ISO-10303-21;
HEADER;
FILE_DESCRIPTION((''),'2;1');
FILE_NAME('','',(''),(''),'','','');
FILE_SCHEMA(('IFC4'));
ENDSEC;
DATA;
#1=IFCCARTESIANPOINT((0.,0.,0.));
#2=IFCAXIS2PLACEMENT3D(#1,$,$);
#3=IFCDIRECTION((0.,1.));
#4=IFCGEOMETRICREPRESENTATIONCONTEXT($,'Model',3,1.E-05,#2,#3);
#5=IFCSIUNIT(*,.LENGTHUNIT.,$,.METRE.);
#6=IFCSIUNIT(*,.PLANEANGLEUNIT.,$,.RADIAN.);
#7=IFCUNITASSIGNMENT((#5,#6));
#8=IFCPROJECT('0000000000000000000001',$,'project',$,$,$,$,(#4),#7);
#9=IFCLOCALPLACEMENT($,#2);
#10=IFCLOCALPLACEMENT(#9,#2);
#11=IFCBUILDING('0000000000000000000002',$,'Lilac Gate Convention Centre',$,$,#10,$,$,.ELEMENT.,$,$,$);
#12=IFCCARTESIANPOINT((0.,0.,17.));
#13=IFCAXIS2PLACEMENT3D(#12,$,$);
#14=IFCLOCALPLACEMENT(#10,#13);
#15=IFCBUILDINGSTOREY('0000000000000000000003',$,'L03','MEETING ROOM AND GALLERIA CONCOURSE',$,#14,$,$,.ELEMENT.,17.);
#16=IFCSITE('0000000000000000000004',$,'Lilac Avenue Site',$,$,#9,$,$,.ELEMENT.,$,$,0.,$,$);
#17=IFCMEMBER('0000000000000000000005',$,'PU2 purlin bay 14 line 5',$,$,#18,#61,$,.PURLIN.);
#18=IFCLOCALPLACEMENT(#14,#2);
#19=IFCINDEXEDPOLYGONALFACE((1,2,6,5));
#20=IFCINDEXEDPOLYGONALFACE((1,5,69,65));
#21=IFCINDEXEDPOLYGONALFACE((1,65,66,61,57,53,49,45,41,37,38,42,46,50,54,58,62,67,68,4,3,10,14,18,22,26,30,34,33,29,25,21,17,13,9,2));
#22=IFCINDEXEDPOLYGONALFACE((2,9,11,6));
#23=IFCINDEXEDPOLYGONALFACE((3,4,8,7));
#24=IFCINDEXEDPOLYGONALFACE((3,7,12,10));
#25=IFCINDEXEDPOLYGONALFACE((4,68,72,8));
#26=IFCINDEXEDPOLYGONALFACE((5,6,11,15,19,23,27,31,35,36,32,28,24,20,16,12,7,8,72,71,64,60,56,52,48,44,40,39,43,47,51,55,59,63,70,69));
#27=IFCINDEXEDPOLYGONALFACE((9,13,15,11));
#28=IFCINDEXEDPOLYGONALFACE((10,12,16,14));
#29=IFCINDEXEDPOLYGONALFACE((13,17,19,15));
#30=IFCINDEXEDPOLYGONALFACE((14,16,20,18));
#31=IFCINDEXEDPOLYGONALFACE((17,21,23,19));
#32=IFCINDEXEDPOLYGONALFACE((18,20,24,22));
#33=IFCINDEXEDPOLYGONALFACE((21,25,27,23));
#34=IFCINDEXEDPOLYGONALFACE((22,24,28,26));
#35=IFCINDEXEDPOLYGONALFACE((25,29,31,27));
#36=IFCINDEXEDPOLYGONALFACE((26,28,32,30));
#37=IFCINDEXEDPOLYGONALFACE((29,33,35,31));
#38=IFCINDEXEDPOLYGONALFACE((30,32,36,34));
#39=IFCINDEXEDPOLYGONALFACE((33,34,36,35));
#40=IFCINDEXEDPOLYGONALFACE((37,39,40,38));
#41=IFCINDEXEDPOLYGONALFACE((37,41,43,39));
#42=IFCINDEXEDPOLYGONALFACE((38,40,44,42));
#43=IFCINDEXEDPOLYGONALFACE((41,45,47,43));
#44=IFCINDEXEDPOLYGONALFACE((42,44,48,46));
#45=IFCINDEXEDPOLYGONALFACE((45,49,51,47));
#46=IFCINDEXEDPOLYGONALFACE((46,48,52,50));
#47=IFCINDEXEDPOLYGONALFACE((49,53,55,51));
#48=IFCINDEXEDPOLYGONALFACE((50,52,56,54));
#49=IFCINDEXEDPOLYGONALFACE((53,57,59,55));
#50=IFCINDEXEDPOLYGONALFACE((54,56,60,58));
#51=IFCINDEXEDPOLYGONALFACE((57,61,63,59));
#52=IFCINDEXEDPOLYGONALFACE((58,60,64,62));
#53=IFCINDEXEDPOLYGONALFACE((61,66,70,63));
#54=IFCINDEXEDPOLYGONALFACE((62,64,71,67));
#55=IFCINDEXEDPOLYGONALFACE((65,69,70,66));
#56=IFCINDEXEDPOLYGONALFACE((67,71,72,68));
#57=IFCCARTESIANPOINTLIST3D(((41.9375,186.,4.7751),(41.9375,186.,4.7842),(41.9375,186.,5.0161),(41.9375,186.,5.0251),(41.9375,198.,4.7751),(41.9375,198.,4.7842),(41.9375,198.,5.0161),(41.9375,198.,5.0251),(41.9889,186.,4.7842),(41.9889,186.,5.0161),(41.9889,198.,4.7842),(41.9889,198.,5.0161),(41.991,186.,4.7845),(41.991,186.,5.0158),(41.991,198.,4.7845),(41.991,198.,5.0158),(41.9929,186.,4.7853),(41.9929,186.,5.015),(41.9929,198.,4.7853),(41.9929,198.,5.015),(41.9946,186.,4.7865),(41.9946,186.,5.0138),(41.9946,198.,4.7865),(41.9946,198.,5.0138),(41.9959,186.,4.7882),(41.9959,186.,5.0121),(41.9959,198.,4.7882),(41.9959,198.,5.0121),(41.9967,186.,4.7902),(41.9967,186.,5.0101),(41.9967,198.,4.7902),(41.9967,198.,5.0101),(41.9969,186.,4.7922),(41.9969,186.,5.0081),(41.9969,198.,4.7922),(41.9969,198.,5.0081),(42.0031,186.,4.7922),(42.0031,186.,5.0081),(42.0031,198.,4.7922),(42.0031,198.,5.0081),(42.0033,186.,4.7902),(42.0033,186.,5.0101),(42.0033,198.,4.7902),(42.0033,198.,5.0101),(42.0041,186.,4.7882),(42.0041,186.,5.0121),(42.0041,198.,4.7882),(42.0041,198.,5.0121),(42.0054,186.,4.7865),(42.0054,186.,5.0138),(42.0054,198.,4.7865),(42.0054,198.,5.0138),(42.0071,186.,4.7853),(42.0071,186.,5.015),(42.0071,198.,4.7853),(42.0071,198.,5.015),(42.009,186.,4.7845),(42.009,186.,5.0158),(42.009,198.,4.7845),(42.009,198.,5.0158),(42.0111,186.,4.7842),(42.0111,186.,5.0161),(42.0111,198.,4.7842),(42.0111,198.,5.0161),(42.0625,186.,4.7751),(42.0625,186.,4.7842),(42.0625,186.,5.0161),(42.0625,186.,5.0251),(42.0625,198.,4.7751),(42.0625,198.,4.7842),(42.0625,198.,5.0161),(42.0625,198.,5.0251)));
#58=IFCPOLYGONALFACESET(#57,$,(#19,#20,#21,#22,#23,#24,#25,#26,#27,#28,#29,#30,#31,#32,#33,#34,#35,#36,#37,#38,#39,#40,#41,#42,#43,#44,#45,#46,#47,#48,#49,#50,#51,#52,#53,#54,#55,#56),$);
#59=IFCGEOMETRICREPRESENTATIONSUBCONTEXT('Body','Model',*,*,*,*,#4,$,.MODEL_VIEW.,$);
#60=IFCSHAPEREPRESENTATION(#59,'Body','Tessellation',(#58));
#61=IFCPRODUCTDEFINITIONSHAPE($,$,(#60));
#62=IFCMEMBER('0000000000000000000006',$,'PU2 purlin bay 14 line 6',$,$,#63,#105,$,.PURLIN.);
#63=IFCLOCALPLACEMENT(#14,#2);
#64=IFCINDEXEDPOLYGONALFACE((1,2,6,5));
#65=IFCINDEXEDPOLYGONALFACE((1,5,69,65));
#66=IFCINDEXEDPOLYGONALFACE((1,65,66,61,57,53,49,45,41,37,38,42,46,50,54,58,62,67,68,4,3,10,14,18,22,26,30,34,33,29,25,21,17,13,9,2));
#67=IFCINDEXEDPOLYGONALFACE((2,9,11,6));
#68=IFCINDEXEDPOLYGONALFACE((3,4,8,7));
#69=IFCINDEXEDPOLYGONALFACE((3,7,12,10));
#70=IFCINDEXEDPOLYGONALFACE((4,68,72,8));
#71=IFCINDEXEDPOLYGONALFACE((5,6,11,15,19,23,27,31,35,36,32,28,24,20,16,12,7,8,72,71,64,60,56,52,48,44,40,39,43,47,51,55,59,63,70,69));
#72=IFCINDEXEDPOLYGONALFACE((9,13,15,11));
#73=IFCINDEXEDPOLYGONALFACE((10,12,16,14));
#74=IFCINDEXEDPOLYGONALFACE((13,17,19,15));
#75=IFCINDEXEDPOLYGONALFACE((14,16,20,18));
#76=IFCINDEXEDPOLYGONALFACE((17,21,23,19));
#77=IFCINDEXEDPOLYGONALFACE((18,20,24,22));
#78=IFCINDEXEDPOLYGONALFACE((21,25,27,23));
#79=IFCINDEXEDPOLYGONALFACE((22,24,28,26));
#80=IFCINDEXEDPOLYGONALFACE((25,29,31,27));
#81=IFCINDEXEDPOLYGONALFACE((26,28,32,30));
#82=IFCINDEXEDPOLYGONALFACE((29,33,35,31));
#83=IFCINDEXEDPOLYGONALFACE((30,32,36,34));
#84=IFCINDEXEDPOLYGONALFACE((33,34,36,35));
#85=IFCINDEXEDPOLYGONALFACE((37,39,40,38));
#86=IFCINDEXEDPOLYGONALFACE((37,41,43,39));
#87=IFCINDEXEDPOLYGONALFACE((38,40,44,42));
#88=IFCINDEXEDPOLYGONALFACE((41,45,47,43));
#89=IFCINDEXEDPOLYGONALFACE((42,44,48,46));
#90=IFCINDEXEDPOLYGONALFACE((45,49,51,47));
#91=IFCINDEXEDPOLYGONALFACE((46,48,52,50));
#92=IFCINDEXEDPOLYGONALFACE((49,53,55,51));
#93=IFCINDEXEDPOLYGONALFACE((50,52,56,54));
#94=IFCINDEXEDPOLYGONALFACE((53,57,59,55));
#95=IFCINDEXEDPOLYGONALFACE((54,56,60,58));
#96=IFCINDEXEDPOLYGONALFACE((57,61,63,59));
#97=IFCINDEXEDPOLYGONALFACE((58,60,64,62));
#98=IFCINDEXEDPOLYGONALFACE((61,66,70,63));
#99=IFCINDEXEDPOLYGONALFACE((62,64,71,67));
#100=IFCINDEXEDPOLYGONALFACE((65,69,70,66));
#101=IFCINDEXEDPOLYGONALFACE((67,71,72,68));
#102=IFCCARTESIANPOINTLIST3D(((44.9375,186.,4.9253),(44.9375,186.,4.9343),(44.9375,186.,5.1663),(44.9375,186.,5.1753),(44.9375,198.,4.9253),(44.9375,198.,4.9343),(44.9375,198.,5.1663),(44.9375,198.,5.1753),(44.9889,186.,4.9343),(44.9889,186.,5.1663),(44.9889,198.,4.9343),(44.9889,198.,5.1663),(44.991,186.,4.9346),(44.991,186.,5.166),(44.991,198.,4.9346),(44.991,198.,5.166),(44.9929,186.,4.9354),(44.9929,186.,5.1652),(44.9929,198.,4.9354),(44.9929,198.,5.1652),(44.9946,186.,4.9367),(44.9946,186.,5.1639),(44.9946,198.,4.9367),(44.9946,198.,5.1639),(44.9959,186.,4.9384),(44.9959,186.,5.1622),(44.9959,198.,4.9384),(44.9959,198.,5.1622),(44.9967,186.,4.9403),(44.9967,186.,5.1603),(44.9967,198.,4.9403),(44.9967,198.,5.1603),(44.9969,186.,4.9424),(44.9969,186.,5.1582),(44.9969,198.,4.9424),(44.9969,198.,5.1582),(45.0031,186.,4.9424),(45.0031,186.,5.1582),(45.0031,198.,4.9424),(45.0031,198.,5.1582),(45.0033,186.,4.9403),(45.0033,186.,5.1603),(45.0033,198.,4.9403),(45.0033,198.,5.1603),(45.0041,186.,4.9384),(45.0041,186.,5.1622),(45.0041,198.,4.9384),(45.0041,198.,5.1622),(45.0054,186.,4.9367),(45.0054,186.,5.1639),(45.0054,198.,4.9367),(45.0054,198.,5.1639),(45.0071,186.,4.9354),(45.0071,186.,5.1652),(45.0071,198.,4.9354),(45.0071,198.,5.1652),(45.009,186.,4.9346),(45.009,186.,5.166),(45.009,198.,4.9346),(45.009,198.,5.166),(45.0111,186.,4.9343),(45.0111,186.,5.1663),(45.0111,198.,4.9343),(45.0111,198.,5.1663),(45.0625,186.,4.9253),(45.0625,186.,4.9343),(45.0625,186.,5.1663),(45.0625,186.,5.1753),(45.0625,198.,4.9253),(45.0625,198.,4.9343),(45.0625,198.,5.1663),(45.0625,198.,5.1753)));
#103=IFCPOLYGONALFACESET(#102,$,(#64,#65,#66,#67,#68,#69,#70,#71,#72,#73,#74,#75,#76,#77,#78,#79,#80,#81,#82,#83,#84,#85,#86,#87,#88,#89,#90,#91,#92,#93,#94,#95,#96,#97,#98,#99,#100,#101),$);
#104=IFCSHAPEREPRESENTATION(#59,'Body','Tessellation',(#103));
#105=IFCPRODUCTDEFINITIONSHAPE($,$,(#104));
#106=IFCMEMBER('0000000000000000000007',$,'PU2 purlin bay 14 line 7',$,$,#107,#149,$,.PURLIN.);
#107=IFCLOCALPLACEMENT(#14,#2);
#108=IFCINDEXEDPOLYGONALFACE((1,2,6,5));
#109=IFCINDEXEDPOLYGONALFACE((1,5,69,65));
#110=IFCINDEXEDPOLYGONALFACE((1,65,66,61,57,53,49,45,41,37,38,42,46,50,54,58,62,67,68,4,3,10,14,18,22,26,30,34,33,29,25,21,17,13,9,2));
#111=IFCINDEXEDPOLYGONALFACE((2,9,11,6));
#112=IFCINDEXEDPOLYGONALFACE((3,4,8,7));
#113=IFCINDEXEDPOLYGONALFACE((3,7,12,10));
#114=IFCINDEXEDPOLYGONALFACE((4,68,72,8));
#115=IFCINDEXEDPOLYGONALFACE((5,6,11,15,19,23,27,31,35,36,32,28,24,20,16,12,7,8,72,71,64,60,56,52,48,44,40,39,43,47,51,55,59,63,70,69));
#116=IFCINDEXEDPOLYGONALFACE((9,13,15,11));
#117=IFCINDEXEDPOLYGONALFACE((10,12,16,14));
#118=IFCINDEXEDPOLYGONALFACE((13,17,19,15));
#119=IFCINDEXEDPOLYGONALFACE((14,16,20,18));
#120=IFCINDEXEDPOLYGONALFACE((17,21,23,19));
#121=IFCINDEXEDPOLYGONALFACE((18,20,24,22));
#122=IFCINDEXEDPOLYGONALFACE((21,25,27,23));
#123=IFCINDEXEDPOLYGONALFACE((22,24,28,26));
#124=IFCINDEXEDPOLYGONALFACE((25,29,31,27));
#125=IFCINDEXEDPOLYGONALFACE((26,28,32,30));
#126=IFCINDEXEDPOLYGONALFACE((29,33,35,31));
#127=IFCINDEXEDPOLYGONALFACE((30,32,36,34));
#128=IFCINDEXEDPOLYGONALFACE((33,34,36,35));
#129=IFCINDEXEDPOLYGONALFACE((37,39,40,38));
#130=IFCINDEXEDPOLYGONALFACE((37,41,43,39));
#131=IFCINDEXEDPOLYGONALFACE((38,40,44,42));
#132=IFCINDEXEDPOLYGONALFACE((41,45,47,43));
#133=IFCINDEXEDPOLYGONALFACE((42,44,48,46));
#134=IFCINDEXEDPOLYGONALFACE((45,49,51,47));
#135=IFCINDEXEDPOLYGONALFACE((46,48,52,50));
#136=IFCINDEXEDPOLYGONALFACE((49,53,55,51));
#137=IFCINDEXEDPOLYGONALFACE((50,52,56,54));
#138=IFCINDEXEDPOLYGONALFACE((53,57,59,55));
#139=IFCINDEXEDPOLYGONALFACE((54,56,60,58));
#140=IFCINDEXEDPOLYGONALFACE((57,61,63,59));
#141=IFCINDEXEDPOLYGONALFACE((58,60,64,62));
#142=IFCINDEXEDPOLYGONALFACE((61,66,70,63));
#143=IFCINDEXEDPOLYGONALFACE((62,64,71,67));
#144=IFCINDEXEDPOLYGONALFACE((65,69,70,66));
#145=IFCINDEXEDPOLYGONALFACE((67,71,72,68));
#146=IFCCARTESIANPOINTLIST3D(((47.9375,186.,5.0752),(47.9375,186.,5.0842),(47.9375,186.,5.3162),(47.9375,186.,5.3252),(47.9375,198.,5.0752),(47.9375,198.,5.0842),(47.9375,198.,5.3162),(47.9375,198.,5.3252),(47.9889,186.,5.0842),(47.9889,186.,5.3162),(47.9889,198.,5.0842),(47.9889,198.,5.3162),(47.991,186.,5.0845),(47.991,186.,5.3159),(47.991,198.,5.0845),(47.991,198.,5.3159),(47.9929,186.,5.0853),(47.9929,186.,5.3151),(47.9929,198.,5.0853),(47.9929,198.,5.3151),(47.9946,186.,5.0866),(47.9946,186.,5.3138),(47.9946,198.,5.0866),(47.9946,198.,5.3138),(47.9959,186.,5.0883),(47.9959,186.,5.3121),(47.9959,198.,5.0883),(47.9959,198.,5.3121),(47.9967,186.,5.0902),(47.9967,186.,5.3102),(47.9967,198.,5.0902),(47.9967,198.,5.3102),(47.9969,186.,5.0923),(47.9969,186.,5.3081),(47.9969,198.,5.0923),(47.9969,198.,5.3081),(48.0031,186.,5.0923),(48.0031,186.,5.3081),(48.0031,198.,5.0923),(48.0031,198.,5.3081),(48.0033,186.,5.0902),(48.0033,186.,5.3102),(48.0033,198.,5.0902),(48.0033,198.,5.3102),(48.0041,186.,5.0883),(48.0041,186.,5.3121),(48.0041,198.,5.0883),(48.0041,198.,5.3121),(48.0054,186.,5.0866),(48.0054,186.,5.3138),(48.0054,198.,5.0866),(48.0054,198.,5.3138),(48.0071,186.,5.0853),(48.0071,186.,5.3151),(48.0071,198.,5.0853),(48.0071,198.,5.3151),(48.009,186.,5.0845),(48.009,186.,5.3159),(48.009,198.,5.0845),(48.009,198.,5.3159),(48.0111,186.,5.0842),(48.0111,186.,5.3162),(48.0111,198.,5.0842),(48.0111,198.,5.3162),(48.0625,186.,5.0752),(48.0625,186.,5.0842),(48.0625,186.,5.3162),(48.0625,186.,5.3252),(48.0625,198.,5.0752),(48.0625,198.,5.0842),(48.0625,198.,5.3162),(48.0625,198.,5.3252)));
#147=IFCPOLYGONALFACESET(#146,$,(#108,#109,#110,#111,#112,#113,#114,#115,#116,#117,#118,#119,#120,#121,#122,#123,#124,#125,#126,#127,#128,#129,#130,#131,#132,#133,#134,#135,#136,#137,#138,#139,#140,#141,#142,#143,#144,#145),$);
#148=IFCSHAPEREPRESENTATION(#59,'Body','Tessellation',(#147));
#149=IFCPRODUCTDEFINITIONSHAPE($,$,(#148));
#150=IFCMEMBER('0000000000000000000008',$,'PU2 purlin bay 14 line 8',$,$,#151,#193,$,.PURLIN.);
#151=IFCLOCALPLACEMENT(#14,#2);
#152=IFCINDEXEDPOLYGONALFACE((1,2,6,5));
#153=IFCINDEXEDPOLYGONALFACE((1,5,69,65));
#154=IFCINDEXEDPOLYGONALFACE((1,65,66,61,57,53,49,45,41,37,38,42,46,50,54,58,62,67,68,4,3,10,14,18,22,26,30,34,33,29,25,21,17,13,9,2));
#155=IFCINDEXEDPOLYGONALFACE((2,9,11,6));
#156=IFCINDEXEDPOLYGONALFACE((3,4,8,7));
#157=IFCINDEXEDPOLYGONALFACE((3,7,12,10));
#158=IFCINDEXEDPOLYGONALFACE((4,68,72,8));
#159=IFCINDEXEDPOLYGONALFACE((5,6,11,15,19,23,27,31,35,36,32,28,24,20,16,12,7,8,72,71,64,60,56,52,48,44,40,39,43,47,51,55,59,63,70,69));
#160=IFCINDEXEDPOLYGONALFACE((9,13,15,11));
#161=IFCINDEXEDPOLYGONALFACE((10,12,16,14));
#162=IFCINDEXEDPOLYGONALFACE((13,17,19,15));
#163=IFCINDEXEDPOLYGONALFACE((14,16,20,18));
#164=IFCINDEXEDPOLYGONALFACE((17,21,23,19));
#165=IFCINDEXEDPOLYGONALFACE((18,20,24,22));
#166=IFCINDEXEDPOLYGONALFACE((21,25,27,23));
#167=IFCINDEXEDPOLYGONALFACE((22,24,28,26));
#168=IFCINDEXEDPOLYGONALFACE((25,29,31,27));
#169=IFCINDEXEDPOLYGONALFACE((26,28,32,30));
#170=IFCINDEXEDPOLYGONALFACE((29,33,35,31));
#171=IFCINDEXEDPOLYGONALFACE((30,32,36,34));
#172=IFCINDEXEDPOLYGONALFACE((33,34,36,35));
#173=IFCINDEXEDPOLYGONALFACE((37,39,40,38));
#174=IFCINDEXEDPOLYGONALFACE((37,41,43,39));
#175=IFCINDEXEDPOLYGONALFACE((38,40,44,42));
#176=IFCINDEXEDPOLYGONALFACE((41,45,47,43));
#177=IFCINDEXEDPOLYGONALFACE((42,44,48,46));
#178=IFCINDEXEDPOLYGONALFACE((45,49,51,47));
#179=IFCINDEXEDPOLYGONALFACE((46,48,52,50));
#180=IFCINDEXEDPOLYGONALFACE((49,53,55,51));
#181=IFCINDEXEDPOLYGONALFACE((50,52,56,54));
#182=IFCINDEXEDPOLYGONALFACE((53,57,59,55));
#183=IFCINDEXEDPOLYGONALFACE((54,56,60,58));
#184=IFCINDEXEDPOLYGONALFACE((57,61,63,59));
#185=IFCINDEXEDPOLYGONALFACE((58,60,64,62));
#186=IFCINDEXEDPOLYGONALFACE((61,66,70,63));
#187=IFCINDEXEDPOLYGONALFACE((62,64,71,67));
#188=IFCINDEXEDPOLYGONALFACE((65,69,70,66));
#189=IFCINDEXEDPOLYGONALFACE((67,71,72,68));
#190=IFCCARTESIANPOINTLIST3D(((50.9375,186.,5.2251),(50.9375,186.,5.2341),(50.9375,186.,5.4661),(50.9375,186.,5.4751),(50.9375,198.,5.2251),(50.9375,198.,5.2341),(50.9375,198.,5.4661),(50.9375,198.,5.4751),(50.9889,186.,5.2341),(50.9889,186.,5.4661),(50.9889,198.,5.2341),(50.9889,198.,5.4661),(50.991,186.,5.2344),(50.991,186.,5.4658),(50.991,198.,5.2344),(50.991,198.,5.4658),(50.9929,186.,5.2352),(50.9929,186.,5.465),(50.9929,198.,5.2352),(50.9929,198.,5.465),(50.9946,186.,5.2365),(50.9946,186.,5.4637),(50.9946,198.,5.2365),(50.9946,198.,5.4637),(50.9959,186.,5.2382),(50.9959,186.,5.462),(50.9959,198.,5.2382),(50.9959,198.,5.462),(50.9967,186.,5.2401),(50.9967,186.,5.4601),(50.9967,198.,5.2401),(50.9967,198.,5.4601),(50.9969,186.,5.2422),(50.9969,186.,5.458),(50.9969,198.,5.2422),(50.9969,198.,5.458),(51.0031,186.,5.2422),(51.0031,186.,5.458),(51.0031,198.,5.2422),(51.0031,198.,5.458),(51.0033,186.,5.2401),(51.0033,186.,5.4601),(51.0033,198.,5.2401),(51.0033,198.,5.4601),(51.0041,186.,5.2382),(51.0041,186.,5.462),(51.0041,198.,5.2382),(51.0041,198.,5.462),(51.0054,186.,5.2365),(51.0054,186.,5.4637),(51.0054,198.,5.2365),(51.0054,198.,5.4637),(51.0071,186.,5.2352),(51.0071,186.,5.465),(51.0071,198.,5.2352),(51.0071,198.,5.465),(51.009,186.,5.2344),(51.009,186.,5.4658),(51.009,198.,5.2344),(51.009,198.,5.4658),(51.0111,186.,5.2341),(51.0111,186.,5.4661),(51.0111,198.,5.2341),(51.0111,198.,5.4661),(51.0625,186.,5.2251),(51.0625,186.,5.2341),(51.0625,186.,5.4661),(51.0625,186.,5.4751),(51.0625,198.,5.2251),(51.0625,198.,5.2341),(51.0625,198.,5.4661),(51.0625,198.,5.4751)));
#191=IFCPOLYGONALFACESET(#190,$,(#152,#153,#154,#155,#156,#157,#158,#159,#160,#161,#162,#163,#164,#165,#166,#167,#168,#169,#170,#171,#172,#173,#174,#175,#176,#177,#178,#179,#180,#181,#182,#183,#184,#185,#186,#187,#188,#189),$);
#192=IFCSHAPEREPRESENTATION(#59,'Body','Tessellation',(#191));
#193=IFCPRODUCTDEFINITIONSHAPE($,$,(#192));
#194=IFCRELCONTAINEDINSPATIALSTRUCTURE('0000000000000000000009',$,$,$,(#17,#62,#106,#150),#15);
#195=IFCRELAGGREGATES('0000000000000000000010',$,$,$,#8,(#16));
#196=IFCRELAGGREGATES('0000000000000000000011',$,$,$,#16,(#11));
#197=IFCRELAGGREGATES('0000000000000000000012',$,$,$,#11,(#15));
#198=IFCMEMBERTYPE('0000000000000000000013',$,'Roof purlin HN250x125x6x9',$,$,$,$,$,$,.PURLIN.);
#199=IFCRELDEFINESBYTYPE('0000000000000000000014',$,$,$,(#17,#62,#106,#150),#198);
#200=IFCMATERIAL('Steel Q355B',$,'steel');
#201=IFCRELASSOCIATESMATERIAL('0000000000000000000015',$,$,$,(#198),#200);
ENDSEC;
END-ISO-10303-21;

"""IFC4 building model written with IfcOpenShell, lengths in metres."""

from ifc_helpers import new_model, si_unit, direction, frame, origin, origin_2d, place, context, subcontext, project, spatial, i_section, extrude, material, material_profile, profile_set, type_object, element, save


model = new_model("IFC4")

# Units and contexts
model_context = context("Model", 3, precision=1e-05, world=origin(), true_north=direction((0.0, 1.0)))
body_context = subcontext(model_context, "Body", "Model", "MODEL_VIEW")
ifc_project = project(units=[si_unit("LENGTHUNIT", "METRE"), si_unit("PLANEANGLEUNIT", "RADIAN")], contexts=[model_context])

# Site, building, storey
site_placement = place(None, origin())
site = spatial("IfcSite", under=ifc_project, at=site_placement, Name="Lilac Avenue Site", CompositionType="ELEMENT", RefElevation=0.0)
building_placement = place(site_placement, origin())
building = spatial("IfcBuilding", under=site, at=building_placement, Name="Lilac Gate Convention Centre", CompositionType="ELEMENT")
storey_placement = place(building_placement, frame((0.0, 0.0, 17.0)))
storey = spatial("IfcBuildingStorey", under=building, at=storey_placement, Name="L03", Description="MEETING ROOM AND GALLERIA CONCOURSE", CompositionType="ELEMENT", Elevation=17.0)

# Members
ifc_material = material(Name="Steel Q355B", Category="steel")
ifc_material_profile_1 = material_profile(ifc_material, i_section(OverallWidth=0.125, OverallDepth=0.25, WebThickness=0.0061, FlangeThickness=0.009, FilletRadius=0.0081, at=origin_2d()), Name="HN250x125x6x9")
ifc_profile_set_1 = profile_set([ifc_material_profile_1], Name="Steel Q355B")
member_type_1 = type_object("IfcMemberType", Name="Roof purlin HN250x125x6x9", PredefinedType="PURLIN", material=ifc_profile_set_1)
for number, where, z_axis, x_axis, name in (
    (1, (42.0, 186.0, 4.9001), (0.0, 1.0, 0.0), (-1.0, 0.0, 0.0), "PU2 purlin bay 14 line 5"),
    (2, (45.0, 186.0, 5.0503), (0.0, 1.0, 0.0), (-1.0, 0.0, 0.0), "PU2 purlin bay 14 line 6"),
    (3, (48.0, 186.0, 5.2002), (0.0, 1.0, 0.0), (-1.0, 0.0, 0.0), "PU2 purlin bay 14 line 7"),
    (4, (51.0, 186.0, 5.3501), (0.0, 1.0, 0.0), (-1.0, 0.0, 0.0), "PU2 purlin bay 14 line 8"),
):
    element("IfcMember", number, at=place(storey_placement, frame(where, z_axis=z_axis, x_axis=x_axis)), inside=storey, type_object=member_type_1, Name=name, PredefinedType="PURLIN", context=body_context, shape_type="SweptSolid", body=[
        extrude(i_section(OverallWidth=0.125, OverallDepth=0.25, WebThickness=0.0061, FlangeThickness=0.009, FilletRadius=0.0081, at=origin_2d()), origin(), (0.0, 0.0, 1.0), 12.0),
    ])

save(model, "model.ifc")
